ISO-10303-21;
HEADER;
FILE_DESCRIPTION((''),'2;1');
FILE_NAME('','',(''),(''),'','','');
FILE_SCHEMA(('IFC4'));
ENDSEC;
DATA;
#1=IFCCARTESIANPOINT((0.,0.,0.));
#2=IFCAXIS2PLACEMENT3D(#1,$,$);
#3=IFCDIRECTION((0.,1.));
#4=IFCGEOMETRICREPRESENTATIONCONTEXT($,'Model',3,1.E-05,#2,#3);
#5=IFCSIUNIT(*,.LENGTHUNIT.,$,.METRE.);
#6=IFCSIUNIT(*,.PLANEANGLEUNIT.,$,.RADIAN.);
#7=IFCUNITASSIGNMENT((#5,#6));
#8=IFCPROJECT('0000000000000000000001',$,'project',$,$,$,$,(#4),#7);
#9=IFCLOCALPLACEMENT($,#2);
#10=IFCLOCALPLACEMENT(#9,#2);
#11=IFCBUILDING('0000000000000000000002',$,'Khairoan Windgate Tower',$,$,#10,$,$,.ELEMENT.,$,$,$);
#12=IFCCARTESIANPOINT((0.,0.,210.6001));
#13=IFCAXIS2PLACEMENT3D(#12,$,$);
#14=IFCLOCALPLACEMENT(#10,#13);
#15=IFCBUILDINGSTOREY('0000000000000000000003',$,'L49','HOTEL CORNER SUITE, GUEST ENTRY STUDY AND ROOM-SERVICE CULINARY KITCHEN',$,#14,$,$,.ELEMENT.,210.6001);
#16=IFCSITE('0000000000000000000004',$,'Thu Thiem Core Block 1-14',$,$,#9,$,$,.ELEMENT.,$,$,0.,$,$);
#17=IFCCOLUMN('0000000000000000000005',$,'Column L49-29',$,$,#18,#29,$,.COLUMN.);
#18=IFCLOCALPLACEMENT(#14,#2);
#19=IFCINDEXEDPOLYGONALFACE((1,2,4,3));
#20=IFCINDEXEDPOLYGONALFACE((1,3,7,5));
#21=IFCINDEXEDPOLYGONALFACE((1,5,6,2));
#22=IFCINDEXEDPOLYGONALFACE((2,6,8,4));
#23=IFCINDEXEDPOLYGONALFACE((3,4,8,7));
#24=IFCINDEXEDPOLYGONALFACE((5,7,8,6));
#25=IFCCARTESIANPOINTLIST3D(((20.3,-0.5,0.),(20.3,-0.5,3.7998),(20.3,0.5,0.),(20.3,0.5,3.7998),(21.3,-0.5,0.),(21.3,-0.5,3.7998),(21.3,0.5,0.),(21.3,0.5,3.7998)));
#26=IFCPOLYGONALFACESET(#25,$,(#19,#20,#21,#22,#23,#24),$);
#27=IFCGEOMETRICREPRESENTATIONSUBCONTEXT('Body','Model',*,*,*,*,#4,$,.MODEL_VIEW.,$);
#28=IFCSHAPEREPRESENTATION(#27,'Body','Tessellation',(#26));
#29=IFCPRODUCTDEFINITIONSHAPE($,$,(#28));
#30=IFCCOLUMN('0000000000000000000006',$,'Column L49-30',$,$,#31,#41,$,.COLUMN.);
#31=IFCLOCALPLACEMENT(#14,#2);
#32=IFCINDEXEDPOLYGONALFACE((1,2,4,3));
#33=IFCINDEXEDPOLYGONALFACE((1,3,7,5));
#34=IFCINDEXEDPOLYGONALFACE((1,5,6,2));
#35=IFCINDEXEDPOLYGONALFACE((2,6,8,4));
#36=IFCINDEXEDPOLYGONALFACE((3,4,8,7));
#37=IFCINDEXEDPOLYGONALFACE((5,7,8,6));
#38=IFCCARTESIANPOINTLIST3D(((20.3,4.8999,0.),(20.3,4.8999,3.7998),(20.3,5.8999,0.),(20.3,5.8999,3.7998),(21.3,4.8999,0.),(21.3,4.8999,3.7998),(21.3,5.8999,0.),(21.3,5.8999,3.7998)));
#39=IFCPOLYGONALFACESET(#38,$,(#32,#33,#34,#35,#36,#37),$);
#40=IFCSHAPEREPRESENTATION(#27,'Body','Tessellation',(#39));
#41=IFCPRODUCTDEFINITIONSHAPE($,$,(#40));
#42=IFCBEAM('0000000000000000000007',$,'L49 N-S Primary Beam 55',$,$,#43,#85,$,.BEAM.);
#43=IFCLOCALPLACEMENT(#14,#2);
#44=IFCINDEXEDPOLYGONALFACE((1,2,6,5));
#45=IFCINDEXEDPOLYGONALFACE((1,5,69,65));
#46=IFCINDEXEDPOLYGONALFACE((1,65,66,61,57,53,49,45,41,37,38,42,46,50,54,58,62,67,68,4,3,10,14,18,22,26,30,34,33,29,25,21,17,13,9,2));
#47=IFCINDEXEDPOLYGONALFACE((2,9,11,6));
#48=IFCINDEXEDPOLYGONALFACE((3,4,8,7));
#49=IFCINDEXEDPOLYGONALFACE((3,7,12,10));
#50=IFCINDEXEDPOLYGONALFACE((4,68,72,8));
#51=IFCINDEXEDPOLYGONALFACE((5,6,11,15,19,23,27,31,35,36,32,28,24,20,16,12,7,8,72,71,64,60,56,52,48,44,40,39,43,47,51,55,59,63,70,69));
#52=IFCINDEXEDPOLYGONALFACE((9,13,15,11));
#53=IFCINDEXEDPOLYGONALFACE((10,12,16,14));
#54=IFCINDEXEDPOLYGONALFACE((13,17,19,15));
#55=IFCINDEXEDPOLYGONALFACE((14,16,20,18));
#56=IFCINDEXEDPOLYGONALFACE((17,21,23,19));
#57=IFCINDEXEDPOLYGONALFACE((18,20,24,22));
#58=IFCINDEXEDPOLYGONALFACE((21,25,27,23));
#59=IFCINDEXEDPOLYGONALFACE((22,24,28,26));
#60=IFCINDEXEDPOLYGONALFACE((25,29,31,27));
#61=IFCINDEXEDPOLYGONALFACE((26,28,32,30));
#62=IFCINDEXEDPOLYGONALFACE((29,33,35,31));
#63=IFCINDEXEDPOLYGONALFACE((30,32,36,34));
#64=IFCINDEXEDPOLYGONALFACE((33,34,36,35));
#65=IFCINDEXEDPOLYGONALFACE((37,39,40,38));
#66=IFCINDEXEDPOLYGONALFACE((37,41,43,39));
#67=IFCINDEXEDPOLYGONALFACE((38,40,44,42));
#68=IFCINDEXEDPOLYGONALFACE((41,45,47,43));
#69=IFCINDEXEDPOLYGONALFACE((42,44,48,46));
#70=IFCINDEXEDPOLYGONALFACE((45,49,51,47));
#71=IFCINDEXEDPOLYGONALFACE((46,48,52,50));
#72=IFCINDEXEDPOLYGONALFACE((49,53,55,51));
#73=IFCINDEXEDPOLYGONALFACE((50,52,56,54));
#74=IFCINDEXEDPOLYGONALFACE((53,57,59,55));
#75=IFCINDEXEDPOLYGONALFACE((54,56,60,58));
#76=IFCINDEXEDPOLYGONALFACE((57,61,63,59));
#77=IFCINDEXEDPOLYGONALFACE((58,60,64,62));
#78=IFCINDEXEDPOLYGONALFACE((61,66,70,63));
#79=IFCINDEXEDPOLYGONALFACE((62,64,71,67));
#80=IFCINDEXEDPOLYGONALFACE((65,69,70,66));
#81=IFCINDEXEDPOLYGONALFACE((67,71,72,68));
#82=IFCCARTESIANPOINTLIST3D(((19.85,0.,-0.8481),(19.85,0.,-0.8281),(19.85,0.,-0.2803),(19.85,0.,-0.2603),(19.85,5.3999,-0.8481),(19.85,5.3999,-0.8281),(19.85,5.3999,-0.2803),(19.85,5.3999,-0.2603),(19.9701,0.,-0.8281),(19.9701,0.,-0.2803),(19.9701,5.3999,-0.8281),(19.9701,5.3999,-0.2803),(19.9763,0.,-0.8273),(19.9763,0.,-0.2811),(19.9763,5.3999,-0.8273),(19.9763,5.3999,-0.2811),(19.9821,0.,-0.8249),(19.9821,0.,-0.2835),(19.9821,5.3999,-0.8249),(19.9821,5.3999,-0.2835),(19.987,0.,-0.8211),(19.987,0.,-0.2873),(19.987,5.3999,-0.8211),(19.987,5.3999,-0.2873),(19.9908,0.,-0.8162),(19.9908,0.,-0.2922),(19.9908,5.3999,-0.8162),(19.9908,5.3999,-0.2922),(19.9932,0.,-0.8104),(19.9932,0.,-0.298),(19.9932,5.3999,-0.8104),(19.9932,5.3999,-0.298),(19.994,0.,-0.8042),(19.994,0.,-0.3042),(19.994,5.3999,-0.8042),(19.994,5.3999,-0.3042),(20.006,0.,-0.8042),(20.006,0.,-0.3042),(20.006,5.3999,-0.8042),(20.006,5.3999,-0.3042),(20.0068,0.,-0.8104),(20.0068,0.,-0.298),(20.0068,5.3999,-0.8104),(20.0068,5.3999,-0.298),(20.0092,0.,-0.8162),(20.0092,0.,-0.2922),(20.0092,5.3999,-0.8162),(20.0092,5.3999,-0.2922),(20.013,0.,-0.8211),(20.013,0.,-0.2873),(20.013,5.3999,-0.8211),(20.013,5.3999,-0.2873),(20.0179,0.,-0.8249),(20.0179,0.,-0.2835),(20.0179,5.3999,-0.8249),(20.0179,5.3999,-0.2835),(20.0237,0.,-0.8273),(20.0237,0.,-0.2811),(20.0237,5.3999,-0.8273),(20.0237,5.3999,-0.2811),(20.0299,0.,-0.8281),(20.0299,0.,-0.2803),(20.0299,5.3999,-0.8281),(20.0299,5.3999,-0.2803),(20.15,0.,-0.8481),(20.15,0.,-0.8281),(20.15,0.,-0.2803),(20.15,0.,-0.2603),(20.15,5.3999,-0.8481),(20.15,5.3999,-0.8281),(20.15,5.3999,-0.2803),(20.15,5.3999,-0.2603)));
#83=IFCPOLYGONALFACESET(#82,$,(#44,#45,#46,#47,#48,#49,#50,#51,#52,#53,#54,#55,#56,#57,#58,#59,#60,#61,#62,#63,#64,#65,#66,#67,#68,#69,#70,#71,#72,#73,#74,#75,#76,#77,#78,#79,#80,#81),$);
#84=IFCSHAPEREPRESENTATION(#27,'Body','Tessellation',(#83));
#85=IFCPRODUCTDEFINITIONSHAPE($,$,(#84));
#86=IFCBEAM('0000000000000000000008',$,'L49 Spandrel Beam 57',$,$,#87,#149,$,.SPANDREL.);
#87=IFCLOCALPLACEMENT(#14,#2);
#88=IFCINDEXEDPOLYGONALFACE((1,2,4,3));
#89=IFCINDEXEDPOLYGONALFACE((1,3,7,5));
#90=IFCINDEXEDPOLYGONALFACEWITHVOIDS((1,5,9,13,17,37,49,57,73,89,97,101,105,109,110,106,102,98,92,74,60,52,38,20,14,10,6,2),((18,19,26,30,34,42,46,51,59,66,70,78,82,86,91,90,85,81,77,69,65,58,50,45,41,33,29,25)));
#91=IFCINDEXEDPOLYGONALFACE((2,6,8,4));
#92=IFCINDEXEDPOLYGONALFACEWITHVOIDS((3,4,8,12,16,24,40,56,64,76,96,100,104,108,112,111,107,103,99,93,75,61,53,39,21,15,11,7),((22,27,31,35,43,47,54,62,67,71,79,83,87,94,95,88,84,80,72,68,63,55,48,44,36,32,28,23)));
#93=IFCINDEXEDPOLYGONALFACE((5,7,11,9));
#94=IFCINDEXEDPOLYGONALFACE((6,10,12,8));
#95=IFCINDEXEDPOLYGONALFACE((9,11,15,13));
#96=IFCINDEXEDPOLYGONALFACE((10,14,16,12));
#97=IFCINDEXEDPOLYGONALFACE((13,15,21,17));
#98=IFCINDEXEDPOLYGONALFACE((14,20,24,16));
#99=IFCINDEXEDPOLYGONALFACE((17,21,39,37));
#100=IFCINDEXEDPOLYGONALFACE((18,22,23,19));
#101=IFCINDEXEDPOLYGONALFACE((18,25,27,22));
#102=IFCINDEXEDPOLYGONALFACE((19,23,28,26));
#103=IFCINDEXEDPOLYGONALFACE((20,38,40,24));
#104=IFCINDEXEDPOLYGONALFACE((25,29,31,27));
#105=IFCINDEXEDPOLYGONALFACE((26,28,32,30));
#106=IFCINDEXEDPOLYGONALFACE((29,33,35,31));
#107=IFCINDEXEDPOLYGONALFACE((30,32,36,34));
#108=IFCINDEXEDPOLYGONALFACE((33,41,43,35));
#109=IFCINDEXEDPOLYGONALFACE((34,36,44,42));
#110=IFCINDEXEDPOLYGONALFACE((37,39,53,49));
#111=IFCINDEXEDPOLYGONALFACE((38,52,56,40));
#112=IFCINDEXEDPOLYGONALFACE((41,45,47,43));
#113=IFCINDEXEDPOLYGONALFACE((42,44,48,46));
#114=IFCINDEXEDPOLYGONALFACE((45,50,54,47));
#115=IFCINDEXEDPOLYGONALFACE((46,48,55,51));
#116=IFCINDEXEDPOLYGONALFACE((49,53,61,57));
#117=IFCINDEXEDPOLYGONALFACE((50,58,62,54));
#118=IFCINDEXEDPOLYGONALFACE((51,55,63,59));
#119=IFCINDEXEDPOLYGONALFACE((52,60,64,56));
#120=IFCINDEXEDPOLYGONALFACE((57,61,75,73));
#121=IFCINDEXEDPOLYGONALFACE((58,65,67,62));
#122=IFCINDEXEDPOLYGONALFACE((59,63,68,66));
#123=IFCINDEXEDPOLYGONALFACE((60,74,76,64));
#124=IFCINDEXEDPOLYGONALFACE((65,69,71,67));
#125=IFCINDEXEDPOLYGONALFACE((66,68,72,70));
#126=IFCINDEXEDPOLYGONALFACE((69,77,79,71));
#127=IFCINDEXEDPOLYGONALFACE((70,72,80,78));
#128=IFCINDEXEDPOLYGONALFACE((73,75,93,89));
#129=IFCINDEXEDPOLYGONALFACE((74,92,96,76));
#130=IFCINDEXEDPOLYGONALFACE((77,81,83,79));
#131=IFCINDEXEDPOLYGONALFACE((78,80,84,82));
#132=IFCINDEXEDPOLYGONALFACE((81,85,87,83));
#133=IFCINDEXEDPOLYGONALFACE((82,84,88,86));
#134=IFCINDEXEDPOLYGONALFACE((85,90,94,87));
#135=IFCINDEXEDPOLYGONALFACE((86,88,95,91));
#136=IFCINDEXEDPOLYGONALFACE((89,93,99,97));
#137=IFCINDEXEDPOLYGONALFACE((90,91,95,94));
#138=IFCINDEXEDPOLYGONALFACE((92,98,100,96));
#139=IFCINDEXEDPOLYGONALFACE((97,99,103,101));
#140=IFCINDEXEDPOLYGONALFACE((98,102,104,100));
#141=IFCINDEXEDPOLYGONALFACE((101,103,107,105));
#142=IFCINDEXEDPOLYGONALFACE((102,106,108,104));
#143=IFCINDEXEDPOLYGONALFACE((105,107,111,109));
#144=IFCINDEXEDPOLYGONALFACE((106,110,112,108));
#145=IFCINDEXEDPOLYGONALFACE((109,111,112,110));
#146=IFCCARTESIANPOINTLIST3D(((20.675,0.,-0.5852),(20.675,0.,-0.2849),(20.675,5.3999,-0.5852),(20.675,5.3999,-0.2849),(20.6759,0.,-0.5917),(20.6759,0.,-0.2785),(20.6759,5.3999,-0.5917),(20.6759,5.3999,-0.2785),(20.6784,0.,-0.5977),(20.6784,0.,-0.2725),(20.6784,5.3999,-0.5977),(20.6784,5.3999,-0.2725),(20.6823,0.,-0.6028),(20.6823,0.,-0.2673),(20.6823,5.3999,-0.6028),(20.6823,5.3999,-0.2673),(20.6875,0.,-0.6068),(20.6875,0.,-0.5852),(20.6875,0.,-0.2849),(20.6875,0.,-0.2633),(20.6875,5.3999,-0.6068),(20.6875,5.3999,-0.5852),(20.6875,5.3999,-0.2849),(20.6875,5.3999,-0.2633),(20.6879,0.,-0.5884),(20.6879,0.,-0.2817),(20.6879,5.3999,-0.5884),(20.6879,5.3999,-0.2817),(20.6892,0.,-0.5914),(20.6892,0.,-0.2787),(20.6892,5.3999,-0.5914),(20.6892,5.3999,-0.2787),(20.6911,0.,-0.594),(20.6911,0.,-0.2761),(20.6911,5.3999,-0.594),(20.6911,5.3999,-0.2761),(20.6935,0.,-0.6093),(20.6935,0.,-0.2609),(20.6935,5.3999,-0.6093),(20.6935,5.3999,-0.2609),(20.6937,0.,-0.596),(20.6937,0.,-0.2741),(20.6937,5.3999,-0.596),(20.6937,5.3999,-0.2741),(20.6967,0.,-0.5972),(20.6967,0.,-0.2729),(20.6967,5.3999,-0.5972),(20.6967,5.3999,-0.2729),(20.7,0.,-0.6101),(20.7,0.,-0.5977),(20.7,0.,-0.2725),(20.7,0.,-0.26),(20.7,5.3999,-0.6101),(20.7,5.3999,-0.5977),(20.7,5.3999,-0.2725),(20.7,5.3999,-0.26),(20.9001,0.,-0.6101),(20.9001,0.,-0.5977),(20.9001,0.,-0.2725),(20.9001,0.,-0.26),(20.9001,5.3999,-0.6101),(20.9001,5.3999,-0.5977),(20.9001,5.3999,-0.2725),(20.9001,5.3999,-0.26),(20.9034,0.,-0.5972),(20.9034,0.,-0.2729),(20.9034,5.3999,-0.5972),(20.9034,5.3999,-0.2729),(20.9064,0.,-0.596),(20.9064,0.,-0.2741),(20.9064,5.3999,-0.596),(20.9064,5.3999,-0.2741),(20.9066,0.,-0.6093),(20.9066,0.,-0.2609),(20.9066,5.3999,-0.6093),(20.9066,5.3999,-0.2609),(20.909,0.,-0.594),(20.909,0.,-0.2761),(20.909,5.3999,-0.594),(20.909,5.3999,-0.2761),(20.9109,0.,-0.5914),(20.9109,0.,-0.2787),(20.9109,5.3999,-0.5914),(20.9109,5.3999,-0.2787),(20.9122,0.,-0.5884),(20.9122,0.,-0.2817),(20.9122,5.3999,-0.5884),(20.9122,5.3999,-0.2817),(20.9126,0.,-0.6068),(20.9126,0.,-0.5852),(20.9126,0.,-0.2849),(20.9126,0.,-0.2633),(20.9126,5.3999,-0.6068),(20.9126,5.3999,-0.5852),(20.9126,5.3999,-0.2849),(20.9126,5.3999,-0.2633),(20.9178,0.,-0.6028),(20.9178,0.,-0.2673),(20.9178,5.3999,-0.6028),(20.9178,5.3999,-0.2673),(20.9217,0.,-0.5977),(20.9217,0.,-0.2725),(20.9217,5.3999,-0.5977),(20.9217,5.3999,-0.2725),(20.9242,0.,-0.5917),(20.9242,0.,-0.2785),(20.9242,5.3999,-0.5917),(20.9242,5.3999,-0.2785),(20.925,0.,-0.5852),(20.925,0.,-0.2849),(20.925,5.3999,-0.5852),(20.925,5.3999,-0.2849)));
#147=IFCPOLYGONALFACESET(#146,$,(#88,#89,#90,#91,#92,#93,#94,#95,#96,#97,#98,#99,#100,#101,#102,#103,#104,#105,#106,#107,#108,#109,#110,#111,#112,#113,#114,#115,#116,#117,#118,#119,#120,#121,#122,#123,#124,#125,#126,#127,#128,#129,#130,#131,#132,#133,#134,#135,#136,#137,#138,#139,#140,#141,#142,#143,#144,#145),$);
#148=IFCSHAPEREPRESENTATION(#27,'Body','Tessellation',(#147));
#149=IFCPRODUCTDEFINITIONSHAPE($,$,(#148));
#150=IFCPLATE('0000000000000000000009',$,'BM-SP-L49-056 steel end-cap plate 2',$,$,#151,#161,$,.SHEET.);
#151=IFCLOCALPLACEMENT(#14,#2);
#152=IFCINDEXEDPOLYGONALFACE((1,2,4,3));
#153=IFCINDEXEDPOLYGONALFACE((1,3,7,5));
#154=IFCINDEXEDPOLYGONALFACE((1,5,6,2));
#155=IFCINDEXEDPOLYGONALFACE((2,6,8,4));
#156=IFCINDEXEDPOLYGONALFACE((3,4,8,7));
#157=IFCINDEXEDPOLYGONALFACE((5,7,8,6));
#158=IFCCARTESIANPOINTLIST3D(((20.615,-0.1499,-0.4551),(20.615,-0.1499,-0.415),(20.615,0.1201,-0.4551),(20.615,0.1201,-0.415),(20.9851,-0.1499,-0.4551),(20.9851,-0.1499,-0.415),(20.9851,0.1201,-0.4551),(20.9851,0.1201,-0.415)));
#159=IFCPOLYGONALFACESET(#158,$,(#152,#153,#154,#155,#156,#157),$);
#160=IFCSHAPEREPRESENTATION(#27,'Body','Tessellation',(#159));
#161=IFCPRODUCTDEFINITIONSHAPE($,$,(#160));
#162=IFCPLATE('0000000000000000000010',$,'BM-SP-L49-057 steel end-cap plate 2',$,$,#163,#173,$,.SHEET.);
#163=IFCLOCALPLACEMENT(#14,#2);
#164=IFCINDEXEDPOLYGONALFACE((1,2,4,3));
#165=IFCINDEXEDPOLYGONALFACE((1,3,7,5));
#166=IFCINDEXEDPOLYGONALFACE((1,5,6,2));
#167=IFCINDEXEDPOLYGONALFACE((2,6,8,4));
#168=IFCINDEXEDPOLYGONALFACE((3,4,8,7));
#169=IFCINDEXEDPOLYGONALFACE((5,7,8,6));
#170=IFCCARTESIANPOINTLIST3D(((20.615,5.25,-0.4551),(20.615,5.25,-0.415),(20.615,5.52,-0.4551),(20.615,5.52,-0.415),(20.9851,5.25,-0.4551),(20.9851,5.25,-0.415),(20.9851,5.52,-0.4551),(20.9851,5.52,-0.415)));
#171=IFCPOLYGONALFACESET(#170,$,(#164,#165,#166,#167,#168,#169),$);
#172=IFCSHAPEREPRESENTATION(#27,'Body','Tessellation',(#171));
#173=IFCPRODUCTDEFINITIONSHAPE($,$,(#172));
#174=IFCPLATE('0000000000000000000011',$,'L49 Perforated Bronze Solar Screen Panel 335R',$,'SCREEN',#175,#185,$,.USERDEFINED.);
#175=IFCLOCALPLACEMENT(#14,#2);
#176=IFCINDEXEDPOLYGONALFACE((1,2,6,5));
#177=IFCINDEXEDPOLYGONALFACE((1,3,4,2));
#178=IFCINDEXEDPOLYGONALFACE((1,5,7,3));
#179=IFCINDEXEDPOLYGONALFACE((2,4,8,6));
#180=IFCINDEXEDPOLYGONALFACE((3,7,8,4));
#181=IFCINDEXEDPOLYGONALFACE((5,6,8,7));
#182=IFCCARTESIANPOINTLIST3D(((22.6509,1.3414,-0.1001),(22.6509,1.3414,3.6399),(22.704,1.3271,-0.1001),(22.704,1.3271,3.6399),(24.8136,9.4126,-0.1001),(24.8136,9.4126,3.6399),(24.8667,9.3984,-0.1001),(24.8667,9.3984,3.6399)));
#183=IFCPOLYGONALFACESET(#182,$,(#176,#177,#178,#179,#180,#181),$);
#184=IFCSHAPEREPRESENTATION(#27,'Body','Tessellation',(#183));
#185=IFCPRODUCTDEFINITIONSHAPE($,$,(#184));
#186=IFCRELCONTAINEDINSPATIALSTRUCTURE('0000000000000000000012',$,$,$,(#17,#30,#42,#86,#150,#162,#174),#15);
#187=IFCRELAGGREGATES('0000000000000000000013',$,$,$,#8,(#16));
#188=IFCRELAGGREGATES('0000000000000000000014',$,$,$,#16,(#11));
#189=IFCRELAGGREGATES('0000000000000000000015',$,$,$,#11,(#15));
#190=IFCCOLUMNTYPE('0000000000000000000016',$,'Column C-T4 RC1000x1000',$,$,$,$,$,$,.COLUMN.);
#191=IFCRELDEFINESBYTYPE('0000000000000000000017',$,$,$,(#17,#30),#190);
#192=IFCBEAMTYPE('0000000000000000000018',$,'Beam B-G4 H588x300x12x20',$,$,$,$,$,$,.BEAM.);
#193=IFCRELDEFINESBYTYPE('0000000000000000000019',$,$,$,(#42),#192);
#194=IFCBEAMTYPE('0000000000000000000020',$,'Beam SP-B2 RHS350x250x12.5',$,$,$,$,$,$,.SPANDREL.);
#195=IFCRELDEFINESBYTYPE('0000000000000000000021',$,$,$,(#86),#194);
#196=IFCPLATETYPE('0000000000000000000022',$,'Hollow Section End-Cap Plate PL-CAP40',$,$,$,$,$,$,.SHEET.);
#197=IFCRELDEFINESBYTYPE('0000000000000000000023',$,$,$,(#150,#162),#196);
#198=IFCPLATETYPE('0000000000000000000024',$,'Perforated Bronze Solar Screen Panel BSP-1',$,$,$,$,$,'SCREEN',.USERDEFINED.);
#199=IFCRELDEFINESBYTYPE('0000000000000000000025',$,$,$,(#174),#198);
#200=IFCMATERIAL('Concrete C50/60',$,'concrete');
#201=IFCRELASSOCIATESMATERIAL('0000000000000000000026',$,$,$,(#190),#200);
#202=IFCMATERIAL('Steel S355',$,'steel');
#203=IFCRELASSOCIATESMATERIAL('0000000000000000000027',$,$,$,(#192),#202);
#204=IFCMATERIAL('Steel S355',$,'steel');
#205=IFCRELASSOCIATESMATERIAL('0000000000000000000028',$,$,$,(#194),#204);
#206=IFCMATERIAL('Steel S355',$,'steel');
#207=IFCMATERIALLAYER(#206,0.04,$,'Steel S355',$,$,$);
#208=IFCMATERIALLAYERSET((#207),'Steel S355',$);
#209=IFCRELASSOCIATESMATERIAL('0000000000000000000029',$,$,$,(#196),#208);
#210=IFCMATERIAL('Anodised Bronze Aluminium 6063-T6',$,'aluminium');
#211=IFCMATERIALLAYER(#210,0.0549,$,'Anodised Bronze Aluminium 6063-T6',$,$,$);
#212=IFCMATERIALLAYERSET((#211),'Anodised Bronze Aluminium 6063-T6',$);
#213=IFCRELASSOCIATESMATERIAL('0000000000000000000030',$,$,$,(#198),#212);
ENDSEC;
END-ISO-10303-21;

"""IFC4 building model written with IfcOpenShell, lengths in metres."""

from ifc_helpers import new_model, si_unit, direction, frame, origin, origin_2d, place, context, subcontext, project, spatial, rectangle, hollow_rectangle, i_section, extrude, material, layer, layer_set, material_profile, profile_set, type_object, element, save


model = new_model("IFC4")

# Units and contexts
model_context = context("Model", 3, precision=1e-05, world=origin(), true_north=direction((0.0, 1.0)))
body_context = subcontext(model_context, "Body", "Model", "MODEL_VIEW")
ifc_project = project(units=[si_unit("LENGTHUNIT", "METRE"), si_unit("PLANEANGLEUNIT", "RADIAN")], contexts=[model_context])

# Site, building, storey
site_placement = place(None, origin())
site = spatial("IfcSite", under=ifc_project, at=site_placement, Name="Thu Thiem Core Block 1-14", CompositionType="ELEMENT", RefElevation=0.0)
building_placement = place(site_placement, origin())
building = spatial("IfcBuilding", under=site, at=building_placement, Name="Khairoan Windgate Tower", CompositionType="ELEMENT")
storey_placement = place(building_placement, frame((0.0, 0.0, 210.6001)))
storey = spatial("IfcBuildingStorey", under=building, at=storey_placement, Name="L49", Description="HOTEL CORNER SUITE, GUEST ENTRY STUDY AND ROOM-SERVICE CULINARY KITCHEN", CompositionType="ELEMENT", Elevation=210.6001)

# Columns
ifc_material_1 = material(Name="Concrete C50/60", Category="concrete")
ifc_material_profile_1 = material_profile(ifc_material_1, rectangle(XDim=1.0, YDim=1.0, at=origin_2d()))
ifc_profile_set_1 = profile_set([ifc_material_profile_1], Name="Concrete C50/60")
column_type = type_object("IfcColumnType", Name="Column C-T4 RC1000x1000", PredefinedType="COLUMN", material=ifc_profile_set_1)
for number, where, z_axis, x_axis, name in (
    (1, (20.8, 0.0, 0.0), (0.0, 0.0, 1.0), (1.0, 0.0, 0.0), "Column L49-29"),
    (2, (20.8, 5.3999, 0.0), (0.0, 0.0, 1.0), (1.0, 0.0, 0.0), "Column L49-30"),
):
    element("IfcColumn", number, at=place(storey_placement, frame(where, z_axis=z_axis, x_axis=x_axis)), inside=storey, type_object=column_type, Name=name, PredefinedType="COLUMN", context=body_context, shape_type="SweptSolid", body=[
        extrude(rectangle(XDim=1.0, YDim=1.0, at=origin_2d()), origin(), (0.0, 0.0, 1.0), 3.7998),
    ])

# Beams
ifc_material_2 = material(Name="Steel S355", Category="steel")
ifc_material_profile_2 = material_profile(ifc_material_2, i_section(OverallWidth=0.3, OverallDepth=0.5879, WebThickness=0.012, FlangeThickness=0.02, FilletRadius=0.0239, at=origin_2d()))
ifc_profile_set_2 = profile_set([ifc_material_profile_2], Name="Steel S355")
beam_type_1 = type_object("IfcBeamType", Name="Beam B-G4 H588x300x12x20", PredefinedType="BEAM", material=ifc_profile_set_2)
beam_1_placement = place(storey_placement, frame((20.0, 0.0, -0.5542), z_axis=(0.0, 1.0, 0.0), x_axis=(-1.0, 0.0, 0.0)))
element("IfcBeam", 3, at=beam_1_placement, inside=storey, type_object=beam_type_1, Name="L49 N-S Primary Beam 55", PredefinedType="BEAM", context=body_context, shape_type="SweptSolid", body=[
    extrude(i_section(OverallWidth=0.3, OverallDepth=0.5879, WebThickness=0.012, FlangeThickness=0.02, FilletRadius=0.0239, at=origin_2d()), origin(), (0.0, 0.0, 1.0), 5.3999),
])
ifc_material_3 = material(Name="Steel S355", Category="steel")
ifc_material_profile_3 = material_profile(ifc_material_3, hollow_rectangle(XDim=0.25, YDim=0.3501, WallThickness=0.0125, InnerFilletRadius=0.0125, OuterFilletRadius=0.0249, at=origin_2d()))
ifc_profile_set_3 = profile_set([ifc_material_profile_3], Name="Steel S355")
beam_type_2 = type_object("IfcBeamType", Name="Beam SP-B2 RHS350x250x12.5", PredefinedType="SPANDREL", material=ifc_profile_set_3)
beam_2_placement = place(storey_placement, frame((20.8, 0.0, -0.4351), z_axis=(0.0, 1.0, 0.0), x_axis=(-1.0, 0.0, 0.0)))
element("IfcBeam", 4, at=beam_2_placement, inside=storey, type_object=beam_type_2, Name="L49 Spandrel Beam 57", PredefinedType="SPANDREL", context=body_context, shape_type="SweptSolid", body=[
    extrude(hollow_rectangle(XDim=0.25, YDim=0.3501, WallThickness=0.0125, InnerFilletRadius=0.0125, OuterFilletRadius=0.0249, at=origin_2d()), origin(), (0.0, 0.0, 1.0), 5.3999),
])

# Plates
ifc_material_4 = material(Name="Steel S355", Category="steel")
ifc_layer_1 = layer(ifc_material_4, 0.04, Name="Steel S355")
ifc_layer_set_1 = layer_set([ifc_layer_1], Name="Steel S355")
plate_type_1 = type_object("IfcPlateType", Name="Hollow Section End-Cap Plate PL-CAP40", PredefinedType="SHEET", material=ifc_layer_set_1)
for number, where, z_axis, x_axis, name in (
    (5, (20.8, -0.0149, -0.4551), (0.0, 0.0, 1.0), (0.0, 1.0, 0.0), "BM-SP-L49-056 steel end-cap plate 2"),
    (6, (20.8, 5.385, -0.4551), (0.0, 0.0, 1.0), (0.0, 1.0, 0.0), "BM-SP-L49-057 steel end-cap plate 2"),
):
    element("IfcPlate", number, at=place(storey_placement, frame(where, z_axis=z_axis, x_axis=x_axis)), inside=storey, type_object=plate_type_1, Name=name, PredefinedType="SHEET", context=body_context, shape_type="SweptSolid", body=[
        extrude(rectangle(XDim=0.27, YDim=0.3701, at=origin_2d()), origin(), (0.0, 0.0, 1.0), 0.04),
    ])
ifc_material_5 = material(Name="Anodised Bronze Aluminium 6063-T6", Category="aluminium")
ifc_layer_2 = layer(ifc_material_5, 0.0549, Name="Anodised Bronze Aluminium 6063-T6")
ifc_layer_set_2 = layer_set([ifc_layer_2], Name="Anodised Bronze Aluminium 6063-T6")
plate_type_2 = type_object("IfcPlateType", Name="Perforated Bronze Solar Screen Panel BSP-1", ElementType="SCREEN", PredefinedType="USERDEFINED", material=ifc_layer_set_2)
plate_placement = place(storey_placement, frame((23.7588, 5.3699, -0.1001), z_axis=(0.0, 0.0, 1.0), x_axis=(-0.258819, -0.965926, 0.0)))
element("IfcPlate", 7, at=plate_placement, inside=storey, type_object=plate_type_2, Name="L49 Perforated Bronze Solar Screen Panel 335R", ObjectType="SCREEN", PredefinedType="USERDEFINED", context=body_context, shape_type="SweptSolid", body=[
    extrude(rectangle(XDim=8.356, YDim=0.0549, at=origin_2d()), origin(), (0.0, 0.0, 1.0), 3.74),
])

save(model, "model.ifc")
